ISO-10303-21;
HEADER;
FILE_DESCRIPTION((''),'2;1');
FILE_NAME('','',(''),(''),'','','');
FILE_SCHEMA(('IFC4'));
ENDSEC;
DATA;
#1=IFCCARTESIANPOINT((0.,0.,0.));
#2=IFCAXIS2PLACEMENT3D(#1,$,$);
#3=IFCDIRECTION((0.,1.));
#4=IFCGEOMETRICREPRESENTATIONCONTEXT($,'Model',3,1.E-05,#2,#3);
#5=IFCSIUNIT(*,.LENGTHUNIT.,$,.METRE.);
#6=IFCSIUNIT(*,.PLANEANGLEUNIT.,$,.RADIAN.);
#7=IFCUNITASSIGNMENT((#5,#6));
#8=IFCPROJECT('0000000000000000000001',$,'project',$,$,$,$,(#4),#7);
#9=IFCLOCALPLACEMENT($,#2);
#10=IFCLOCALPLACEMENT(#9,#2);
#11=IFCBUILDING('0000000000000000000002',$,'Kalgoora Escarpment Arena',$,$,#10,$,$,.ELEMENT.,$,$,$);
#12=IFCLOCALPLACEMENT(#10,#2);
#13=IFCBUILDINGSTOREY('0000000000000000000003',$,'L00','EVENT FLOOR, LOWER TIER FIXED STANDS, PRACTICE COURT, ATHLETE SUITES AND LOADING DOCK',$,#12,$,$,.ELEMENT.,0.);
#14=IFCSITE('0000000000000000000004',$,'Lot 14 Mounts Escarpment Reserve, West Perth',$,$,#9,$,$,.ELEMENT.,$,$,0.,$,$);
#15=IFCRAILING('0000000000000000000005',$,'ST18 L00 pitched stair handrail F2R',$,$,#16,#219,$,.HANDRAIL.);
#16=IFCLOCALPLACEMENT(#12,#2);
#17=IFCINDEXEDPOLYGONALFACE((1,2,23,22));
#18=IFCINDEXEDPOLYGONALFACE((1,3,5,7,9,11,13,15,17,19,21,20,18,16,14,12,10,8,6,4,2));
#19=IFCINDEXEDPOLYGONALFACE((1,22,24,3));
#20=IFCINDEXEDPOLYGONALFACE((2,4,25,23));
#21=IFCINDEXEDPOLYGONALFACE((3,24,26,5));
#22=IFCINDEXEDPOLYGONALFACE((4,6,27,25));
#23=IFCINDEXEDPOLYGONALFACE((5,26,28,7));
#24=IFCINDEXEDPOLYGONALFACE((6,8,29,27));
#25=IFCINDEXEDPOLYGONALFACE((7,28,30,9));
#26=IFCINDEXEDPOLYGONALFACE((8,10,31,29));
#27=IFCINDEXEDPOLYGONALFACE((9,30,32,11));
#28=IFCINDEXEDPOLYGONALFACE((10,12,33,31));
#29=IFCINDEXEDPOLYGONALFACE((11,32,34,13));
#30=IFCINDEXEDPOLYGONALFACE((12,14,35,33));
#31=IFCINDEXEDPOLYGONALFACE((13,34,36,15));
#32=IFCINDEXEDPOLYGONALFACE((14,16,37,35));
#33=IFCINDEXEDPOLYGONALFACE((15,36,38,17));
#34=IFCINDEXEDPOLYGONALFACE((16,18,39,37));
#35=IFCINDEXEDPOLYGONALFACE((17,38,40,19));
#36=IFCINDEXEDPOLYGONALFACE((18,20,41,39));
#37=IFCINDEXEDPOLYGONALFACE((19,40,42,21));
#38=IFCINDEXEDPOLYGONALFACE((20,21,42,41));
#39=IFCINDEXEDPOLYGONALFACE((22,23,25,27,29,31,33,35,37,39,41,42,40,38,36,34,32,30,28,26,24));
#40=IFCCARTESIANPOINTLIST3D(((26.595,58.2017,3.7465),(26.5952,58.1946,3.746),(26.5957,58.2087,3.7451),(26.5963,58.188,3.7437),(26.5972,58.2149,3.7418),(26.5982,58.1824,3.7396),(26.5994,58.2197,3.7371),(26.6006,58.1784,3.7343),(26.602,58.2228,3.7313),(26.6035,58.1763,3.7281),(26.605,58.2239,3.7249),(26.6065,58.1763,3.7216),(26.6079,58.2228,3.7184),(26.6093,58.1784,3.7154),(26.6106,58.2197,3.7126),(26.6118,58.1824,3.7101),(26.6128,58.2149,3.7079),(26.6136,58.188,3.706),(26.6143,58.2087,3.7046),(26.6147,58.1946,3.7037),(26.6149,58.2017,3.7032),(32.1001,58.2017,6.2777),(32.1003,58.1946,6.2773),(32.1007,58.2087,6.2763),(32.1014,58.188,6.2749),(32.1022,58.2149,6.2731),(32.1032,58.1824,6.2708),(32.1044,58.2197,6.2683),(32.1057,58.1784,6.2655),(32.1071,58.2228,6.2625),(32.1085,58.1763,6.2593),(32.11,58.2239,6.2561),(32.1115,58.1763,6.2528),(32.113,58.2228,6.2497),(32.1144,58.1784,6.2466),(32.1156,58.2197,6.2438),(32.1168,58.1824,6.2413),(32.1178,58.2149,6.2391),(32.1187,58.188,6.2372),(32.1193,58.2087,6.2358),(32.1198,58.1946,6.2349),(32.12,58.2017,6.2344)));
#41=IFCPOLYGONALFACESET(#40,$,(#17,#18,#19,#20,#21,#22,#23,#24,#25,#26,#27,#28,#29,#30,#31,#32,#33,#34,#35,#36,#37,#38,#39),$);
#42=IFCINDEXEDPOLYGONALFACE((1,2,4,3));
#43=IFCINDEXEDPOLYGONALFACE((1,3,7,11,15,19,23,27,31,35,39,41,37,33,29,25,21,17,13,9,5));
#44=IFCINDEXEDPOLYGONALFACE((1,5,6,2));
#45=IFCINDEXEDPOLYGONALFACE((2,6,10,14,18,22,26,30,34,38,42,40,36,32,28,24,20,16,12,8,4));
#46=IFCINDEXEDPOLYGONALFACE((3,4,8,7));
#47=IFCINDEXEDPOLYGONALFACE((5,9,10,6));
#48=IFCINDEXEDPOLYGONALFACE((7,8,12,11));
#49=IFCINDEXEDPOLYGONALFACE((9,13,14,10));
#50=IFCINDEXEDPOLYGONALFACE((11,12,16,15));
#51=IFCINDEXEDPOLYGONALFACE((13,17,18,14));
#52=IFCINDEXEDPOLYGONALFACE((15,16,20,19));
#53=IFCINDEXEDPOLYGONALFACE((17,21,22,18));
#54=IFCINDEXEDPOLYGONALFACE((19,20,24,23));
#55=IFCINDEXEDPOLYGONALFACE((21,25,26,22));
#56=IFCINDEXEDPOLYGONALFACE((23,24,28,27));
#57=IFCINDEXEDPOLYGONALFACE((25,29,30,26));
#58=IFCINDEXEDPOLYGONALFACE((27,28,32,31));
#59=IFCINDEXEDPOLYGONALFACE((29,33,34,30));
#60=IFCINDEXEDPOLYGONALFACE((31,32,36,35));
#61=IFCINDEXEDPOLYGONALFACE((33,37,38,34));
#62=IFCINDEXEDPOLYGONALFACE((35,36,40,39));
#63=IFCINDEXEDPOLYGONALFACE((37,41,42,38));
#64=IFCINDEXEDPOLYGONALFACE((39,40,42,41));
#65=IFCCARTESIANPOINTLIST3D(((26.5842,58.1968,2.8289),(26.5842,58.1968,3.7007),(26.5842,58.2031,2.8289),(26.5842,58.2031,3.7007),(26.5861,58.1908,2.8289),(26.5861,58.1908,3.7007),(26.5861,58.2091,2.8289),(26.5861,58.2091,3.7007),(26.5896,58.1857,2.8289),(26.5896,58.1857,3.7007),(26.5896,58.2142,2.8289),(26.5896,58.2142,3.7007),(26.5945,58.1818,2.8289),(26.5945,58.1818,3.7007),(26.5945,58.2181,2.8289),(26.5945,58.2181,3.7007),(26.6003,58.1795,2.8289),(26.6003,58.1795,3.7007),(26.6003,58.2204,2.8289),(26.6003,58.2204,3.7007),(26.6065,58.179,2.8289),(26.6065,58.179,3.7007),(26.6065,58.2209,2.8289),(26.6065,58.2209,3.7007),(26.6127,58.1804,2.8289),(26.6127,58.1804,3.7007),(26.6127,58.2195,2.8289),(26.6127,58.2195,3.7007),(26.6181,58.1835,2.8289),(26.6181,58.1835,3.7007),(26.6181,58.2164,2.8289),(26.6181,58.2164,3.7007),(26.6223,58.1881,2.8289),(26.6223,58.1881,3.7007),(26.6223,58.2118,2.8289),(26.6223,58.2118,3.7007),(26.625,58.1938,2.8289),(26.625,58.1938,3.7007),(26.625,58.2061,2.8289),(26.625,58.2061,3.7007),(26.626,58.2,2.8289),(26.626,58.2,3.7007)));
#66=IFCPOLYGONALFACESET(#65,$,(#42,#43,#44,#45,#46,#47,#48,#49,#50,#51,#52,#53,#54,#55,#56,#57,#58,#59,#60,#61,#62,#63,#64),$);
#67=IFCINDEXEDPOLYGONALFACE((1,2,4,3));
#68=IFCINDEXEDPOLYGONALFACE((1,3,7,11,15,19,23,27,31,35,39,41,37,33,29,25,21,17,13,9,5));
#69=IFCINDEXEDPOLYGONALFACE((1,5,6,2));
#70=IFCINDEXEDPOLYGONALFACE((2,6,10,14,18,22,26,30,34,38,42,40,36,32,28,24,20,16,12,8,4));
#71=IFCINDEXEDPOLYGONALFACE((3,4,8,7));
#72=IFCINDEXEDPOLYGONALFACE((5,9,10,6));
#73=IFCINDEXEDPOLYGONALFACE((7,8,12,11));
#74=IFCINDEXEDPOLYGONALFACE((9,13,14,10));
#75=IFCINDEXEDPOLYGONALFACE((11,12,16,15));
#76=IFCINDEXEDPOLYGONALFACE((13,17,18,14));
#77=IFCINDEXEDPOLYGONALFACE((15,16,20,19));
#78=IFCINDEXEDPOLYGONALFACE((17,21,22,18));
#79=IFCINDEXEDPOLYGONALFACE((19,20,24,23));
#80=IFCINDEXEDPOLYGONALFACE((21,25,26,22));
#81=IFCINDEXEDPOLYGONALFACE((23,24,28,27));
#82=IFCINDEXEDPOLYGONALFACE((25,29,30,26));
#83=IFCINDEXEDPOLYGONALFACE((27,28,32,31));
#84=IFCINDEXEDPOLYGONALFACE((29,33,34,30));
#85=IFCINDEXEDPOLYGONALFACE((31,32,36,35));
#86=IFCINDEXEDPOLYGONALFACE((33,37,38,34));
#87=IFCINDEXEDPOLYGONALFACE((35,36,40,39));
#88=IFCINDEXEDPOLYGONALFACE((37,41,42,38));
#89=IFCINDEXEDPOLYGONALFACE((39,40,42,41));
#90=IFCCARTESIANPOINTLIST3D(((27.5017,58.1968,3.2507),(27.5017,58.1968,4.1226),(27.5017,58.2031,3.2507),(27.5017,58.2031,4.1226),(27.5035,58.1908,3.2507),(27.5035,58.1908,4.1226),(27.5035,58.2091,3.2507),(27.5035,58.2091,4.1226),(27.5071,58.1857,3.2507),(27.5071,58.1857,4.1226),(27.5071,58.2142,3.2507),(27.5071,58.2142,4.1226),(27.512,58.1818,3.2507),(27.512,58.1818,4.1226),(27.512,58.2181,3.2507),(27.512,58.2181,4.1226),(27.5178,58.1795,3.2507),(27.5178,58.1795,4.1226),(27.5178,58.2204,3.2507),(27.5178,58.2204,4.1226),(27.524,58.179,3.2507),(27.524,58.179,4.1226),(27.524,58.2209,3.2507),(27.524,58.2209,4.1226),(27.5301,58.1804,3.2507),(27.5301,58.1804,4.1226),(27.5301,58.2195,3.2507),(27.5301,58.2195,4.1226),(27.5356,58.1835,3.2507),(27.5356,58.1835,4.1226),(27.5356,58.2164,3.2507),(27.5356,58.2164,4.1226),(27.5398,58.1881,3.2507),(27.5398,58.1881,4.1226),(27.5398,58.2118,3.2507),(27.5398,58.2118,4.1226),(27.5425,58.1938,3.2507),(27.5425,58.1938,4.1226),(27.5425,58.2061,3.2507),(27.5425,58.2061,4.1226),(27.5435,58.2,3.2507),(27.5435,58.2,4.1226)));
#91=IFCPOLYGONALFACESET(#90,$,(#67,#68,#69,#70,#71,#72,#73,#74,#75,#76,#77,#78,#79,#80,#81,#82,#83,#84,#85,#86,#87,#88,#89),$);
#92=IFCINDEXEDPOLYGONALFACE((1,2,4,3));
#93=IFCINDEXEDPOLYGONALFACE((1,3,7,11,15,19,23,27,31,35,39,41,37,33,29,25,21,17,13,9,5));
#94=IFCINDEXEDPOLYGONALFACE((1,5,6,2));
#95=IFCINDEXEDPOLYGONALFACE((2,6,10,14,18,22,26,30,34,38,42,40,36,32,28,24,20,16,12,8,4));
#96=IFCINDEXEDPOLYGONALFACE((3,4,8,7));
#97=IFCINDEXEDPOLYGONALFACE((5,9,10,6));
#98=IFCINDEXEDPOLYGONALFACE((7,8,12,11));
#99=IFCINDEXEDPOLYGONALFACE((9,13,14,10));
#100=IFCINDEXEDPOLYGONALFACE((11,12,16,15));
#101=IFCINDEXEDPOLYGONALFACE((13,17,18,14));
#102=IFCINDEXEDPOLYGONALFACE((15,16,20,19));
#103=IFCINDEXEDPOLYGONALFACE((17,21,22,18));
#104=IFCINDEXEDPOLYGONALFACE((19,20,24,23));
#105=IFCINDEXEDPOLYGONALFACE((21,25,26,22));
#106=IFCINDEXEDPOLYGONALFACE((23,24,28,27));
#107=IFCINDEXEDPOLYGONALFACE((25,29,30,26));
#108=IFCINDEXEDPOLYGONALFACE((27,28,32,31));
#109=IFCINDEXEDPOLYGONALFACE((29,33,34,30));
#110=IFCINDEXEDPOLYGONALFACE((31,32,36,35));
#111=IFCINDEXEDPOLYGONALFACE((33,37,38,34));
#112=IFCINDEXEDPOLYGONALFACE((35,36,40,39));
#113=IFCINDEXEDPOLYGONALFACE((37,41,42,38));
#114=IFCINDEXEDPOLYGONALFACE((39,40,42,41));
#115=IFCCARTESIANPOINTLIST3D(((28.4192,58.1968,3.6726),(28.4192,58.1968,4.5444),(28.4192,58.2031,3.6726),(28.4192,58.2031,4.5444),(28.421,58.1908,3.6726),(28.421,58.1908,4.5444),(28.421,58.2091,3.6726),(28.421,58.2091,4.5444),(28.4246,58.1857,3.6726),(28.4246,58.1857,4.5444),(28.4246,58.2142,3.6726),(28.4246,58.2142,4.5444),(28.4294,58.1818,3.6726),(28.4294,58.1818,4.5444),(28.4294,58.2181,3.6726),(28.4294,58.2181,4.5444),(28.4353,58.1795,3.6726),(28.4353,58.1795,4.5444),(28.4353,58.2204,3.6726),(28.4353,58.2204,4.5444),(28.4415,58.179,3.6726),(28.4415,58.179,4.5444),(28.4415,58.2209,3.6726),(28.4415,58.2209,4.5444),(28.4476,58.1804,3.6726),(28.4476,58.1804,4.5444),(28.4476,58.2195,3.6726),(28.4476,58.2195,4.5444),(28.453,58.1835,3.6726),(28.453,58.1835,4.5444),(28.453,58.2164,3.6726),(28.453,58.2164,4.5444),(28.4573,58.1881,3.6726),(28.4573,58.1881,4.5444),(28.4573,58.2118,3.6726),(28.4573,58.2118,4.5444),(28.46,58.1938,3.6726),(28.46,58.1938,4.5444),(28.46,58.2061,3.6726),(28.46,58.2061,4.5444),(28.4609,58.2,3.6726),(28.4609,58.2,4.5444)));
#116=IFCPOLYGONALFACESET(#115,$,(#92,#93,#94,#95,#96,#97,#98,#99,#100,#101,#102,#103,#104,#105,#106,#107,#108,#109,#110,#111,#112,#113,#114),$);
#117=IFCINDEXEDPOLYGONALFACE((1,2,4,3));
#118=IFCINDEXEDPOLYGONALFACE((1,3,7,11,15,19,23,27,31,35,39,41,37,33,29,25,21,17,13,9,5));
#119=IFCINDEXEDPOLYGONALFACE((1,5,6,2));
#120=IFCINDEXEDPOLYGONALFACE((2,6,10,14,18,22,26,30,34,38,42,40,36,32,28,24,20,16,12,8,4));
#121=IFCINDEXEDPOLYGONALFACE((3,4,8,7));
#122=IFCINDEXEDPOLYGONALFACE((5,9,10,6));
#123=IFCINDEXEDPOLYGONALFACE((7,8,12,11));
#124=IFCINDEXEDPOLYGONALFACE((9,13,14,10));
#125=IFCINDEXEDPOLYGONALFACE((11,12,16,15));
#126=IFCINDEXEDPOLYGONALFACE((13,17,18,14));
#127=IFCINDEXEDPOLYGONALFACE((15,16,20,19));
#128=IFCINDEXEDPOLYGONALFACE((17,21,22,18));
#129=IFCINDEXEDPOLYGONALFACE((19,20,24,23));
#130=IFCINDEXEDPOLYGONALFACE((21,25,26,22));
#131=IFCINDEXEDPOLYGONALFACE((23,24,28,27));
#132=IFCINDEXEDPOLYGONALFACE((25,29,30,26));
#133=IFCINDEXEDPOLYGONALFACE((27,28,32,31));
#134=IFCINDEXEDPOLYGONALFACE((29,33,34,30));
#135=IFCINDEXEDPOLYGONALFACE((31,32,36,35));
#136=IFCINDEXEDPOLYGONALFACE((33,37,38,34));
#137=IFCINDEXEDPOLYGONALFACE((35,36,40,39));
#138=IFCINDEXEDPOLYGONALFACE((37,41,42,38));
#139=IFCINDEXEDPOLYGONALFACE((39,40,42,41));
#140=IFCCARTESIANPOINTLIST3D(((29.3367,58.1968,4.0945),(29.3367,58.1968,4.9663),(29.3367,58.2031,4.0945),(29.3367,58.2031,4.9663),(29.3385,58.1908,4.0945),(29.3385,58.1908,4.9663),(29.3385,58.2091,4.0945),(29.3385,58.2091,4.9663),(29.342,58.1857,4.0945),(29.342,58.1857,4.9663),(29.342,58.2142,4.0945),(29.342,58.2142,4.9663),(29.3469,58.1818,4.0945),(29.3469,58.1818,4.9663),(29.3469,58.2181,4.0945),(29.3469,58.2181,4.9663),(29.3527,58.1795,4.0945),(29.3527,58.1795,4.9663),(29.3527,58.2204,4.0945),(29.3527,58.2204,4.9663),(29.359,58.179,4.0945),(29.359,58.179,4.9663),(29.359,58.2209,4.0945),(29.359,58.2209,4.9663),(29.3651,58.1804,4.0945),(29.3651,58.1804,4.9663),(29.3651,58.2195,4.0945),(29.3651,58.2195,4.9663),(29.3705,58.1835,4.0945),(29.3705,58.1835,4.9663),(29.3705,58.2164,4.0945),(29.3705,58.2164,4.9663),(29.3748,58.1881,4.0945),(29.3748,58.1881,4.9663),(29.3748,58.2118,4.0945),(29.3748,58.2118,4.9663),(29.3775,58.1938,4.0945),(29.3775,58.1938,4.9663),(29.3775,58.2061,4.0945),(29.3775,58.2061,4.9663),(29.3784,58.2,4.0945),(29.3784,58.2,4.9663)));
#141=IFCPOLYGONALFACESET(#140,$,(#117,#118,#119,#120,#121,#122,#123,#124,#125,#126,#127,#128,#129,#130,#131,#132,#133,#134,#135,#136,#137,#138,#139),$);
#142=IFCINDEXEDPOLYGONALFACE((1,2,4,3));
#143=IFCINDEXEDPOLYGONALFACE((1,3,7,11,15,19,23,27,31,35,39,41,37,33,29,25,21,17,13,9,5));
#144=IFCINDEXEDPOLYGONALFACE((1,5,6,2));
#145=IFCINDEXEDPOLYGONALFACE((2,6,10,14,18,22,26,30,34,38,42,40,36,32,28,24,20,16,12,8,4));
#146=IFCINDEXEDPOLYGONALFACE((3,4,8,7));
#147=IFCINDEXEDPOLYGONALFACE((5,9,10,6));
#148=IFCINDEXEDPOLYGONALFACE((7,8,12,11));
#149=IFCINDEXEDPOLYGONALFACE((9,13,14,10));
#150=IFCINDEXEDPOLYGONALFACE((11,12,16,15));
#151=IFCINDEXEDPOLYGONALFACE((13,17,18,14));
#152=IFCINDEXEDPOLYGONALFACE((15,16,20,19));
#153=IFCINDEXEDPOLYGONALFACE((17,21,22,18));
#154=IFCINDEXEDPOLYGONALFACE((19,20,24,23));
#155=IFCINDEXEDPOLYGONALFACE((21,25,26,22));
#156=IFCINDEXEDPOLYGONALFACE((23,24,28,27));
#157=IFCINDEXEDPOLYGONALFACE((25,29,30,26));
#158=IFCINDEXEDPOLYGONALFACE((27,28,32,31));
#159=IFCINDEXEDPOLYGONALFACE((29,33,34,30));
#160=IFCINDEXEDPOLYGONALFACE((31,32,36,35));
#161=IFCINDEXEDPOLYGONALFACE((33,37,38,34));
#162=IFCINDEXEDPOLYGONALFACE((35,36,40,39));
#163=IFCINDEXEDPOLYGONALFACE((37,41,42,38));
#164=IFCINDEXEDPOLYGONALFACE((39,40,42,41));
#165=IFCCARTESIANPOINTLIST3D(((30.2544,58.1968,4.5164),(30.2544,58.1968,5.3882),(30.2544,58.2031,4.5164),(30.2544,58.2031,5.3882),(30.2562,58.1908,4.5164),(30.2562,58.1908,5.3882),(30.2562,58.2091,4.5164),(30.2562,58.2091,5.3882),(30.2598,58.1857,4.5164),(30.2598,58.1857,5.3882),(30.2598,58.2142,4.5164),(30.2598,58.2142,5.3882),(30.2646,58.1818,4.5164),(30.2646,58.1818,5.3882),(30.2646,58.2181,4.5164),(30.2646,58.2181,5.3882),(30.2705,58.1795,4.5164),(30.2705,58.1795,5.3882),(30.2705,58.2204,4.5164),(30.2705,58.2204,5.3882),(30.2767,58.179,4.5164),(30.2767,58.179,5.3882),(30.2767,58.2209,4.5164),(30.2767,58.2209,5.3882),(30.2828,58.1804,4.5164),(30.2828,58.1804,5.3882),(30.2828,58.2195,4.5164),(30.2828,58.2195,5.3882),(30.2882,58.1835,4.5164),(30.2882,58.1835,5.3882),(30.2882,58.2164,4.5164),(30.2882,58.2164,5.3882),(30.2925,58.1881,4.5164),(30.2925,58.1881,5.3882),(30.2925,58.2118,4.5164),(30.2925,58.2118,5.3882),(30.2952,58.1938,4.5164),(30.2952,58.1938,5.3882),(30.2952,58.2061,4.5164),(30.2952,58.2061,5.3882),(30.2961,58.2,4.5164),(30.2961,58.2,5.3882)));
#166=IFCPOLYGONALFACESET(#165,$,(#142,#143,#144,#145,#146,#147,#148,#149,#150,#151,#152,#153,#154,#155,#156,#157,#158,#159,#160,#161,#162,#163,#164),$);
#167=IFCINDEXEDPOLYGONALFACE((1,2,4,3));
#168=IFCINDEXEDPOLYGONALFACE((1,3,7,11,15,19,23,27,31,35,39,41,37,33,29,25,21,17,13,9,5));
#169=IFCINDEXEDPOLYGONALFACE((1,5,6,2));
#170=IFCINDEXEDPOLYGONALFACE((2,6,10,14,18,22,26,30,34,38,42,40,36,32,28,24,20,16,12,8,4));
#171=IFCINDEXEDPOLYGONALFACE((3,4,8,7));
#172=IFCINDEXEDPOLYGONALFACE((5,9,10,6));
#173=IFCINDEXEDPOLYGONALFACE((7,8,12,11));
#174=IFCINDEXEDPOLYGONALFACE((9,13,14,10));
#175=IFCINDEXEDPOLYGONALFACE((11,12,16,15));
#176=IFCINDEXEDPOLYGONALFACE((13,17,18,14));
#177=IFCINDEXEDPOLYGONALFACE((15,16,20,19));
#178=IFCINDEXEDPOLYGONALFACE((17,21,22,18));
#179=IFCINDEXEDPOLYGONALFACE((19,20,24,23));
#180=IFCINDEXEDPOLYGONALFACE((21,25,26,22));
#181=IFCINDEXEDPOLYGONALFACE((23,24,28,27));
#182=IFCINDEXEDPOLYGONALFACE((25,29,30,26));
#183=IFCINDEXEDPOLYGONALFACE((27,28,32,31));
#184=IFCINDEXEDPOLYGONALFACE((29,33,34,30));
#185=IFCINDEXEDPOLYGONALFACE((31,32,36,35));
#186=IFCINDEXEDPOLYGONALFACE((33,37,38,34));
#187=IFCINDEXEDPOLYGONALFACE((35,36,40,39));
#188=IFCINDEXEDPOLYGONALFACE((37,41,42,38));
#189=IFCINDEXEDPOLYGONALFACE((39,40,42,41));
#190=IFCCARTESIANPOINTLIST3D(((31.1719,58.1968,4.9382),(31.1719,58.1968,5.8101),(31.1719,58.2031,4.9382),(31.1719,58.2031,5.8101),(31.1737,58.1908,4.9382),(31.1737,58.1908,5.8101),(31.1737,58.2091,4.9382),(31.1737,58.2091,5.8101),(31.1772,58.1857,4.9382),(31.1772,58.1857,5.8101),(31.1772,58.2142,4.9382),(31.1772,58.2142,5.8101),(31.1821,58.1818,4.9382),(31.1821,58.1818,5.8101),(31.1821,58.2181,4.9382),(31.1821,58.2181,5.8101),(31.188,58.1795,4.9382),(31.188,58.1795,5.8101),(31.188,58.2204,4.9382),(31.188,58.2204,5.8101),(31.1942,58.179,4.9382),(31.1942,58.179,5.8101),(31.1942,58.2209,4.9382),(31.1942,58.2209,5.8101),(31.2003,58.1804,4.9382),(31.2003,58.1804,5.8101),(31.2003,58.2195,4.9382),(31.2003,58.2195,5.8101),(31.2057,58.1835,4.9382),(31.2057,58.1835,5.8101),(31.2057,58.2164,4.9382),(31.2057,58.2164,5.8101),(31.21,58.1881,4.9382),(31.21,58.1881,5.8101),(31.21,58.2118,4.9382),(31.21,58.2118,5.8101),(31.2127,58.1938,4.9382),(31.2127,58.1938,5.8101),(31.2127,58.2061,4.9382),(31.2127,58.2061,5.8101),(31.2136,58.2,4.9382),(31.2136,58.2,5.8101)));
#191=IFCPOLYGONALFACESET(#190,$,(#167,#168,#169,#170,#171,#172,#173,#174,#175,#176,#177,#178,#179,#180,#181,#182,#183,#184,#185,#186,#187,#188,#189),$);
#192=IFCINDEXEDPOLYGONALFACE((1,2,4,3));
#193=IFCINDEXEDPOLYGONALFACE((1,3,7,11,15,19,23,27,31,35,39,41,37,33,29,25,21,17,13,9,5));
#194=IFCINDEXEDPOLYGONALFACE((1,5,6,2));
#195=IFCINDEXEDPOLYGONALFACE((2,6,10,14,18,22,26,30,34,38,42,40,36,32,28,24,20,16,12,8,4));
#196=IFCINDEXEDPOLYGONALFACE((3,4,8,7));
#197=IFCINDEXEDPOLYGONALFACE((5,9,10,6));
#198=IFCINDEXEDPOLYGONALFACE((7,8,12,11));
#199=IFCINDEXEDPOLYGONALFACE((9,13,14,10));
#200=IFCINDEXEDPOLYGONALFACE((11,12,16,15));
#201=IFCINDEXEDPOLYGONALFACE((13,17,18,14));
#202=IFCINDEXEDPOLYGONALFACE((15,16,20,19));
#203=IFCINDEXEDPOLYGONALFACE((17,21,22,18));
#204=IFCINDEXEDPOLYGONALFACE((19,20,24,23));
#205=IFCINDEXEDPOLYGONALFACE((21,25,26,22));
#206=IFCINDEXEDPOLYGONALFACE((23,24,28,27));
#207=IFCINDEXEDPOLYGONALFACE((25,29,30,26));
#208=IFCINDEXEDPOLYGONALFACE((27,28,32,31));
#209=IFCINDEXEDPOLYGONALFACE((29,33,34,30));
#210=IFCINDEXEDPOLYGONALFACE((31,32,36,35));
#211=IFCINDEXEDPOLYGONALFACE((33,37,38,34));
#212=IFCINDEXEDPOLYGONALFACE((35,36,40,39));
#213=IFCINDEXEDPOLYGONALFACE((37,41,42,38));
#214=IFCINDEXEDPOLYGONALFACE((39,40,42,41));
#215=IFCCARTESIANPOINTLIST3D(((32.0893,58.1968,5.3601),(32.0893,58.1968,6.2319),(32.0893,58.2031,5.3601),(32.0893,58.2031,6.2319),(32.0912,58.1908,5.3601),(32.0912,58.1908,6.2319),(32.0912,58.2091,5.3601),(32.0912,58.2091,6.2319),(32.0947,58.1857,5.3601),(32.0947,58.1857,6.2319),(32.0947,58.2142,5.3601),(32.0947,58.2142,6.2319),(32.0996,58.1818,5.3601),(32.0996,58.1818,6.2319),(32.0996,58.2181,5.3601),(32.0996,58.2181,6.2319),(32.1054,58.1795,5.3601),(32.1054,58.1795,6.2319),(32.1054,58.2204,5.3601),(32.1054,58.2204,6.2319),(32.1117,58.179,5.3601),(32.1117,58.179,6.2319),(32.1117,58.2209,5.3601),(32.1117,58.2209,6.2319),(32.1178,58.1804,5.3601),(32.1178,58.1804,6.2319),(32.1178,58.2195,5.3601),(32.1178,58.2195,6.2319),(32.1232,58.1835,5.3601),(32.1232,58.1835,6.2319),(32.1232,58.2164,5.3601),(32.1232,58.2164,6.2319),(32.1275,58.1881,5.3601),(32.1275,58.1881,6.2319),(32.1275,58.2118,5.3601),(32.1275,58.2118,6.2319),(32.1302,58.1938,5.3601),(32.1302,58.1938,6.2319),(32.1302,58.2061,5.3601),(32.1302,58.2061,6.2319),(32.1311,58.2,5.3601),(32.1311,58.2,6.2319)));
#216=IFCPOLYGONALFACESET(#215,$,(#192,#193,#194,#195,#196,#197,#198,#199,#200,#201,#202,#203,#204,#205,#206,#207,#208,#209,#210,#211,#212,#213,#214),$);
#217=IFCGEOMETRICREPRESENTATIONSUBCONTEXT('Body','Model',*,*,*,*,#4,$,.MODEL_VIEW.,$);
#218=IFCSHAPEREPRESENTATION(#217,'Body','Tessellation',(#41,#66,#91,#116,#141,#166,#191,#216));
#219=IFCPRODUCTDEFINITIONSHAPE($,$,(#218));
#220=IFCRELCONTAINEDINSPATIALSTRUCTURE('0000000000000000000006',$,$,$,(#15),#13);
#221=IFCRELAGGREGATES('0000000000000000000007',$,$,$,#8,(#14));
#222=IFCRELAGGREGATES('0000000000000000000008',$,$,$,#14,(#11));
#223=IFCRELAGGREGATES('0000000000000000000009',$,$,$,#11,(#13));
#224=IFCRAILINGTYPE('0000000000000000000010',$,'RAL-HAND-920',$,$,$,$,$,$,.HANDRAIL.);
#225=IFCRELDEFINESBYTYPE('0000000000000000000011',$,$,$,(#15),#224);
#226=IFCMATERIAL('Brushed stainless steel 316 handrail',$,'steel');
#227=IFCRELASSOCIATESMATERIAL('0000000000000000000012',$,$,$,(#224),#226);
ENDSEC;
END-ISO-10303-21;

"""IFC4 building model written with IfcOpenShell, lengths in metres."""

from ifc_helpers import new_model, si_unit, direction, frame, origin, origin_2d, place, context, subcontext, project, spatial, circle, extrude, material, type_object, element, save


model = new_model("IFC4")

# Units and contexts
model_context = context("Model", 3, precision=1e-05, world=origin(), true_north=direction((0.0, 1.0)))
body_context = subcontext(model_context, "Body", "Model", "MODEL_VIEW")
ifc_project = project(units=[si_unit("LENGTHUNIT", "METRE"), si_unit("PLANEANGLEUNIT", "RADIAN")], contexts=[model_context])

# Site, building, storey
site_placement = place(None, origin())
site = spatial("IfcSite", under=ifc_project, at=site_placement, Name="Lot 14 Mounts Escarpment Reserve, West Perth", CompositionType="ELEMENT", RefElevation=0.0)
building_placement = place(site_placement, origin())
building = spatial("IfcBuilding", under=site, at=building_placement, Name="Kalgoora Escarpment Arena", CompositionType="ELEMENT")
storey_placement = place(building_placement, origin())
storey = spatial("IfcBuildingStorey", under=building, at=storey_placement, Name="L00", Description="EVENT FLOOR, LOWER TIER FIXED STANDS, PRACTICE COURT, ATHLETE SUITES AND LOADING DOCK", CompositionType="ELEMENT", Elevation=0.0)

# Railing
ifc_material_1 = material(Name="Brushed stainless steel 316 handrail", Category="steel")
railing_type = type_object("IfcRailingType", Name="RAL-HAND-920", PredefinedType="HANDRAIL", material=ifc_material_1)
railing_placement = place(storey_placement, frame((26.605, 58.2, 2.8289)))
element("IfcRailing", 1, at=railing_placement, inside=storey, type_object=railing_type, Name="ST18 L00 pitched stair handrail F2R", PredefinedType="HANDRAIL", context=body_context, shape_type="SweptSolid", body=[
    extrude(circle(Radius=0.0239, at=origin_2d()), frame((0.0, 0.0, 0.896), z_axis=(0.90856, 0.0, 0.417755), x_axis=(0.0, 1.0, 0.0)), (0.0, 0.0, 1.0), 6.0591),
    extrude(circle(Radius=0.021, at=origin_2d()), origin(), (0.0, 0.0, 1.0), 0.8718),
    extrude(circle(Radius=0.021, at=origin_2d()), frame((0.9175, 0.0, 0.4219)), (0.0, 0.0, 1.0), 0.8718),
    extrude(circle(Radius=0.021, at=origin_2d()), frame((1.835, 0.0, 0.8438)), (0.0, 0.0, 1.0), 0.8718),
    extrude(circle(Radius=0.021, at=origin_2d()), frame((2.7524, 0.0, 1.2656)), (0.0, 0.0, 1.0), 0.8718),
    extrude(circle(Radius=0.021, at=origin_2d()), frame((3.6702, 0.0, 1.6875)), (0.0, 0.0, 1.0), 0.8718),
    extrude(circle(Radius=0.021, at=origin_2d()), frame((4.5876, 0.0, 2.1094)), (0.0, 0.0, 1.0), 0.8718),
    extrude(circle(Radius=0.021, at=origin_2d()), frame((5.5051, 0.0, 2.5312)), (0.0, 0.0, 1.0), 0.8718),
])

save(model, "model.ifc")
